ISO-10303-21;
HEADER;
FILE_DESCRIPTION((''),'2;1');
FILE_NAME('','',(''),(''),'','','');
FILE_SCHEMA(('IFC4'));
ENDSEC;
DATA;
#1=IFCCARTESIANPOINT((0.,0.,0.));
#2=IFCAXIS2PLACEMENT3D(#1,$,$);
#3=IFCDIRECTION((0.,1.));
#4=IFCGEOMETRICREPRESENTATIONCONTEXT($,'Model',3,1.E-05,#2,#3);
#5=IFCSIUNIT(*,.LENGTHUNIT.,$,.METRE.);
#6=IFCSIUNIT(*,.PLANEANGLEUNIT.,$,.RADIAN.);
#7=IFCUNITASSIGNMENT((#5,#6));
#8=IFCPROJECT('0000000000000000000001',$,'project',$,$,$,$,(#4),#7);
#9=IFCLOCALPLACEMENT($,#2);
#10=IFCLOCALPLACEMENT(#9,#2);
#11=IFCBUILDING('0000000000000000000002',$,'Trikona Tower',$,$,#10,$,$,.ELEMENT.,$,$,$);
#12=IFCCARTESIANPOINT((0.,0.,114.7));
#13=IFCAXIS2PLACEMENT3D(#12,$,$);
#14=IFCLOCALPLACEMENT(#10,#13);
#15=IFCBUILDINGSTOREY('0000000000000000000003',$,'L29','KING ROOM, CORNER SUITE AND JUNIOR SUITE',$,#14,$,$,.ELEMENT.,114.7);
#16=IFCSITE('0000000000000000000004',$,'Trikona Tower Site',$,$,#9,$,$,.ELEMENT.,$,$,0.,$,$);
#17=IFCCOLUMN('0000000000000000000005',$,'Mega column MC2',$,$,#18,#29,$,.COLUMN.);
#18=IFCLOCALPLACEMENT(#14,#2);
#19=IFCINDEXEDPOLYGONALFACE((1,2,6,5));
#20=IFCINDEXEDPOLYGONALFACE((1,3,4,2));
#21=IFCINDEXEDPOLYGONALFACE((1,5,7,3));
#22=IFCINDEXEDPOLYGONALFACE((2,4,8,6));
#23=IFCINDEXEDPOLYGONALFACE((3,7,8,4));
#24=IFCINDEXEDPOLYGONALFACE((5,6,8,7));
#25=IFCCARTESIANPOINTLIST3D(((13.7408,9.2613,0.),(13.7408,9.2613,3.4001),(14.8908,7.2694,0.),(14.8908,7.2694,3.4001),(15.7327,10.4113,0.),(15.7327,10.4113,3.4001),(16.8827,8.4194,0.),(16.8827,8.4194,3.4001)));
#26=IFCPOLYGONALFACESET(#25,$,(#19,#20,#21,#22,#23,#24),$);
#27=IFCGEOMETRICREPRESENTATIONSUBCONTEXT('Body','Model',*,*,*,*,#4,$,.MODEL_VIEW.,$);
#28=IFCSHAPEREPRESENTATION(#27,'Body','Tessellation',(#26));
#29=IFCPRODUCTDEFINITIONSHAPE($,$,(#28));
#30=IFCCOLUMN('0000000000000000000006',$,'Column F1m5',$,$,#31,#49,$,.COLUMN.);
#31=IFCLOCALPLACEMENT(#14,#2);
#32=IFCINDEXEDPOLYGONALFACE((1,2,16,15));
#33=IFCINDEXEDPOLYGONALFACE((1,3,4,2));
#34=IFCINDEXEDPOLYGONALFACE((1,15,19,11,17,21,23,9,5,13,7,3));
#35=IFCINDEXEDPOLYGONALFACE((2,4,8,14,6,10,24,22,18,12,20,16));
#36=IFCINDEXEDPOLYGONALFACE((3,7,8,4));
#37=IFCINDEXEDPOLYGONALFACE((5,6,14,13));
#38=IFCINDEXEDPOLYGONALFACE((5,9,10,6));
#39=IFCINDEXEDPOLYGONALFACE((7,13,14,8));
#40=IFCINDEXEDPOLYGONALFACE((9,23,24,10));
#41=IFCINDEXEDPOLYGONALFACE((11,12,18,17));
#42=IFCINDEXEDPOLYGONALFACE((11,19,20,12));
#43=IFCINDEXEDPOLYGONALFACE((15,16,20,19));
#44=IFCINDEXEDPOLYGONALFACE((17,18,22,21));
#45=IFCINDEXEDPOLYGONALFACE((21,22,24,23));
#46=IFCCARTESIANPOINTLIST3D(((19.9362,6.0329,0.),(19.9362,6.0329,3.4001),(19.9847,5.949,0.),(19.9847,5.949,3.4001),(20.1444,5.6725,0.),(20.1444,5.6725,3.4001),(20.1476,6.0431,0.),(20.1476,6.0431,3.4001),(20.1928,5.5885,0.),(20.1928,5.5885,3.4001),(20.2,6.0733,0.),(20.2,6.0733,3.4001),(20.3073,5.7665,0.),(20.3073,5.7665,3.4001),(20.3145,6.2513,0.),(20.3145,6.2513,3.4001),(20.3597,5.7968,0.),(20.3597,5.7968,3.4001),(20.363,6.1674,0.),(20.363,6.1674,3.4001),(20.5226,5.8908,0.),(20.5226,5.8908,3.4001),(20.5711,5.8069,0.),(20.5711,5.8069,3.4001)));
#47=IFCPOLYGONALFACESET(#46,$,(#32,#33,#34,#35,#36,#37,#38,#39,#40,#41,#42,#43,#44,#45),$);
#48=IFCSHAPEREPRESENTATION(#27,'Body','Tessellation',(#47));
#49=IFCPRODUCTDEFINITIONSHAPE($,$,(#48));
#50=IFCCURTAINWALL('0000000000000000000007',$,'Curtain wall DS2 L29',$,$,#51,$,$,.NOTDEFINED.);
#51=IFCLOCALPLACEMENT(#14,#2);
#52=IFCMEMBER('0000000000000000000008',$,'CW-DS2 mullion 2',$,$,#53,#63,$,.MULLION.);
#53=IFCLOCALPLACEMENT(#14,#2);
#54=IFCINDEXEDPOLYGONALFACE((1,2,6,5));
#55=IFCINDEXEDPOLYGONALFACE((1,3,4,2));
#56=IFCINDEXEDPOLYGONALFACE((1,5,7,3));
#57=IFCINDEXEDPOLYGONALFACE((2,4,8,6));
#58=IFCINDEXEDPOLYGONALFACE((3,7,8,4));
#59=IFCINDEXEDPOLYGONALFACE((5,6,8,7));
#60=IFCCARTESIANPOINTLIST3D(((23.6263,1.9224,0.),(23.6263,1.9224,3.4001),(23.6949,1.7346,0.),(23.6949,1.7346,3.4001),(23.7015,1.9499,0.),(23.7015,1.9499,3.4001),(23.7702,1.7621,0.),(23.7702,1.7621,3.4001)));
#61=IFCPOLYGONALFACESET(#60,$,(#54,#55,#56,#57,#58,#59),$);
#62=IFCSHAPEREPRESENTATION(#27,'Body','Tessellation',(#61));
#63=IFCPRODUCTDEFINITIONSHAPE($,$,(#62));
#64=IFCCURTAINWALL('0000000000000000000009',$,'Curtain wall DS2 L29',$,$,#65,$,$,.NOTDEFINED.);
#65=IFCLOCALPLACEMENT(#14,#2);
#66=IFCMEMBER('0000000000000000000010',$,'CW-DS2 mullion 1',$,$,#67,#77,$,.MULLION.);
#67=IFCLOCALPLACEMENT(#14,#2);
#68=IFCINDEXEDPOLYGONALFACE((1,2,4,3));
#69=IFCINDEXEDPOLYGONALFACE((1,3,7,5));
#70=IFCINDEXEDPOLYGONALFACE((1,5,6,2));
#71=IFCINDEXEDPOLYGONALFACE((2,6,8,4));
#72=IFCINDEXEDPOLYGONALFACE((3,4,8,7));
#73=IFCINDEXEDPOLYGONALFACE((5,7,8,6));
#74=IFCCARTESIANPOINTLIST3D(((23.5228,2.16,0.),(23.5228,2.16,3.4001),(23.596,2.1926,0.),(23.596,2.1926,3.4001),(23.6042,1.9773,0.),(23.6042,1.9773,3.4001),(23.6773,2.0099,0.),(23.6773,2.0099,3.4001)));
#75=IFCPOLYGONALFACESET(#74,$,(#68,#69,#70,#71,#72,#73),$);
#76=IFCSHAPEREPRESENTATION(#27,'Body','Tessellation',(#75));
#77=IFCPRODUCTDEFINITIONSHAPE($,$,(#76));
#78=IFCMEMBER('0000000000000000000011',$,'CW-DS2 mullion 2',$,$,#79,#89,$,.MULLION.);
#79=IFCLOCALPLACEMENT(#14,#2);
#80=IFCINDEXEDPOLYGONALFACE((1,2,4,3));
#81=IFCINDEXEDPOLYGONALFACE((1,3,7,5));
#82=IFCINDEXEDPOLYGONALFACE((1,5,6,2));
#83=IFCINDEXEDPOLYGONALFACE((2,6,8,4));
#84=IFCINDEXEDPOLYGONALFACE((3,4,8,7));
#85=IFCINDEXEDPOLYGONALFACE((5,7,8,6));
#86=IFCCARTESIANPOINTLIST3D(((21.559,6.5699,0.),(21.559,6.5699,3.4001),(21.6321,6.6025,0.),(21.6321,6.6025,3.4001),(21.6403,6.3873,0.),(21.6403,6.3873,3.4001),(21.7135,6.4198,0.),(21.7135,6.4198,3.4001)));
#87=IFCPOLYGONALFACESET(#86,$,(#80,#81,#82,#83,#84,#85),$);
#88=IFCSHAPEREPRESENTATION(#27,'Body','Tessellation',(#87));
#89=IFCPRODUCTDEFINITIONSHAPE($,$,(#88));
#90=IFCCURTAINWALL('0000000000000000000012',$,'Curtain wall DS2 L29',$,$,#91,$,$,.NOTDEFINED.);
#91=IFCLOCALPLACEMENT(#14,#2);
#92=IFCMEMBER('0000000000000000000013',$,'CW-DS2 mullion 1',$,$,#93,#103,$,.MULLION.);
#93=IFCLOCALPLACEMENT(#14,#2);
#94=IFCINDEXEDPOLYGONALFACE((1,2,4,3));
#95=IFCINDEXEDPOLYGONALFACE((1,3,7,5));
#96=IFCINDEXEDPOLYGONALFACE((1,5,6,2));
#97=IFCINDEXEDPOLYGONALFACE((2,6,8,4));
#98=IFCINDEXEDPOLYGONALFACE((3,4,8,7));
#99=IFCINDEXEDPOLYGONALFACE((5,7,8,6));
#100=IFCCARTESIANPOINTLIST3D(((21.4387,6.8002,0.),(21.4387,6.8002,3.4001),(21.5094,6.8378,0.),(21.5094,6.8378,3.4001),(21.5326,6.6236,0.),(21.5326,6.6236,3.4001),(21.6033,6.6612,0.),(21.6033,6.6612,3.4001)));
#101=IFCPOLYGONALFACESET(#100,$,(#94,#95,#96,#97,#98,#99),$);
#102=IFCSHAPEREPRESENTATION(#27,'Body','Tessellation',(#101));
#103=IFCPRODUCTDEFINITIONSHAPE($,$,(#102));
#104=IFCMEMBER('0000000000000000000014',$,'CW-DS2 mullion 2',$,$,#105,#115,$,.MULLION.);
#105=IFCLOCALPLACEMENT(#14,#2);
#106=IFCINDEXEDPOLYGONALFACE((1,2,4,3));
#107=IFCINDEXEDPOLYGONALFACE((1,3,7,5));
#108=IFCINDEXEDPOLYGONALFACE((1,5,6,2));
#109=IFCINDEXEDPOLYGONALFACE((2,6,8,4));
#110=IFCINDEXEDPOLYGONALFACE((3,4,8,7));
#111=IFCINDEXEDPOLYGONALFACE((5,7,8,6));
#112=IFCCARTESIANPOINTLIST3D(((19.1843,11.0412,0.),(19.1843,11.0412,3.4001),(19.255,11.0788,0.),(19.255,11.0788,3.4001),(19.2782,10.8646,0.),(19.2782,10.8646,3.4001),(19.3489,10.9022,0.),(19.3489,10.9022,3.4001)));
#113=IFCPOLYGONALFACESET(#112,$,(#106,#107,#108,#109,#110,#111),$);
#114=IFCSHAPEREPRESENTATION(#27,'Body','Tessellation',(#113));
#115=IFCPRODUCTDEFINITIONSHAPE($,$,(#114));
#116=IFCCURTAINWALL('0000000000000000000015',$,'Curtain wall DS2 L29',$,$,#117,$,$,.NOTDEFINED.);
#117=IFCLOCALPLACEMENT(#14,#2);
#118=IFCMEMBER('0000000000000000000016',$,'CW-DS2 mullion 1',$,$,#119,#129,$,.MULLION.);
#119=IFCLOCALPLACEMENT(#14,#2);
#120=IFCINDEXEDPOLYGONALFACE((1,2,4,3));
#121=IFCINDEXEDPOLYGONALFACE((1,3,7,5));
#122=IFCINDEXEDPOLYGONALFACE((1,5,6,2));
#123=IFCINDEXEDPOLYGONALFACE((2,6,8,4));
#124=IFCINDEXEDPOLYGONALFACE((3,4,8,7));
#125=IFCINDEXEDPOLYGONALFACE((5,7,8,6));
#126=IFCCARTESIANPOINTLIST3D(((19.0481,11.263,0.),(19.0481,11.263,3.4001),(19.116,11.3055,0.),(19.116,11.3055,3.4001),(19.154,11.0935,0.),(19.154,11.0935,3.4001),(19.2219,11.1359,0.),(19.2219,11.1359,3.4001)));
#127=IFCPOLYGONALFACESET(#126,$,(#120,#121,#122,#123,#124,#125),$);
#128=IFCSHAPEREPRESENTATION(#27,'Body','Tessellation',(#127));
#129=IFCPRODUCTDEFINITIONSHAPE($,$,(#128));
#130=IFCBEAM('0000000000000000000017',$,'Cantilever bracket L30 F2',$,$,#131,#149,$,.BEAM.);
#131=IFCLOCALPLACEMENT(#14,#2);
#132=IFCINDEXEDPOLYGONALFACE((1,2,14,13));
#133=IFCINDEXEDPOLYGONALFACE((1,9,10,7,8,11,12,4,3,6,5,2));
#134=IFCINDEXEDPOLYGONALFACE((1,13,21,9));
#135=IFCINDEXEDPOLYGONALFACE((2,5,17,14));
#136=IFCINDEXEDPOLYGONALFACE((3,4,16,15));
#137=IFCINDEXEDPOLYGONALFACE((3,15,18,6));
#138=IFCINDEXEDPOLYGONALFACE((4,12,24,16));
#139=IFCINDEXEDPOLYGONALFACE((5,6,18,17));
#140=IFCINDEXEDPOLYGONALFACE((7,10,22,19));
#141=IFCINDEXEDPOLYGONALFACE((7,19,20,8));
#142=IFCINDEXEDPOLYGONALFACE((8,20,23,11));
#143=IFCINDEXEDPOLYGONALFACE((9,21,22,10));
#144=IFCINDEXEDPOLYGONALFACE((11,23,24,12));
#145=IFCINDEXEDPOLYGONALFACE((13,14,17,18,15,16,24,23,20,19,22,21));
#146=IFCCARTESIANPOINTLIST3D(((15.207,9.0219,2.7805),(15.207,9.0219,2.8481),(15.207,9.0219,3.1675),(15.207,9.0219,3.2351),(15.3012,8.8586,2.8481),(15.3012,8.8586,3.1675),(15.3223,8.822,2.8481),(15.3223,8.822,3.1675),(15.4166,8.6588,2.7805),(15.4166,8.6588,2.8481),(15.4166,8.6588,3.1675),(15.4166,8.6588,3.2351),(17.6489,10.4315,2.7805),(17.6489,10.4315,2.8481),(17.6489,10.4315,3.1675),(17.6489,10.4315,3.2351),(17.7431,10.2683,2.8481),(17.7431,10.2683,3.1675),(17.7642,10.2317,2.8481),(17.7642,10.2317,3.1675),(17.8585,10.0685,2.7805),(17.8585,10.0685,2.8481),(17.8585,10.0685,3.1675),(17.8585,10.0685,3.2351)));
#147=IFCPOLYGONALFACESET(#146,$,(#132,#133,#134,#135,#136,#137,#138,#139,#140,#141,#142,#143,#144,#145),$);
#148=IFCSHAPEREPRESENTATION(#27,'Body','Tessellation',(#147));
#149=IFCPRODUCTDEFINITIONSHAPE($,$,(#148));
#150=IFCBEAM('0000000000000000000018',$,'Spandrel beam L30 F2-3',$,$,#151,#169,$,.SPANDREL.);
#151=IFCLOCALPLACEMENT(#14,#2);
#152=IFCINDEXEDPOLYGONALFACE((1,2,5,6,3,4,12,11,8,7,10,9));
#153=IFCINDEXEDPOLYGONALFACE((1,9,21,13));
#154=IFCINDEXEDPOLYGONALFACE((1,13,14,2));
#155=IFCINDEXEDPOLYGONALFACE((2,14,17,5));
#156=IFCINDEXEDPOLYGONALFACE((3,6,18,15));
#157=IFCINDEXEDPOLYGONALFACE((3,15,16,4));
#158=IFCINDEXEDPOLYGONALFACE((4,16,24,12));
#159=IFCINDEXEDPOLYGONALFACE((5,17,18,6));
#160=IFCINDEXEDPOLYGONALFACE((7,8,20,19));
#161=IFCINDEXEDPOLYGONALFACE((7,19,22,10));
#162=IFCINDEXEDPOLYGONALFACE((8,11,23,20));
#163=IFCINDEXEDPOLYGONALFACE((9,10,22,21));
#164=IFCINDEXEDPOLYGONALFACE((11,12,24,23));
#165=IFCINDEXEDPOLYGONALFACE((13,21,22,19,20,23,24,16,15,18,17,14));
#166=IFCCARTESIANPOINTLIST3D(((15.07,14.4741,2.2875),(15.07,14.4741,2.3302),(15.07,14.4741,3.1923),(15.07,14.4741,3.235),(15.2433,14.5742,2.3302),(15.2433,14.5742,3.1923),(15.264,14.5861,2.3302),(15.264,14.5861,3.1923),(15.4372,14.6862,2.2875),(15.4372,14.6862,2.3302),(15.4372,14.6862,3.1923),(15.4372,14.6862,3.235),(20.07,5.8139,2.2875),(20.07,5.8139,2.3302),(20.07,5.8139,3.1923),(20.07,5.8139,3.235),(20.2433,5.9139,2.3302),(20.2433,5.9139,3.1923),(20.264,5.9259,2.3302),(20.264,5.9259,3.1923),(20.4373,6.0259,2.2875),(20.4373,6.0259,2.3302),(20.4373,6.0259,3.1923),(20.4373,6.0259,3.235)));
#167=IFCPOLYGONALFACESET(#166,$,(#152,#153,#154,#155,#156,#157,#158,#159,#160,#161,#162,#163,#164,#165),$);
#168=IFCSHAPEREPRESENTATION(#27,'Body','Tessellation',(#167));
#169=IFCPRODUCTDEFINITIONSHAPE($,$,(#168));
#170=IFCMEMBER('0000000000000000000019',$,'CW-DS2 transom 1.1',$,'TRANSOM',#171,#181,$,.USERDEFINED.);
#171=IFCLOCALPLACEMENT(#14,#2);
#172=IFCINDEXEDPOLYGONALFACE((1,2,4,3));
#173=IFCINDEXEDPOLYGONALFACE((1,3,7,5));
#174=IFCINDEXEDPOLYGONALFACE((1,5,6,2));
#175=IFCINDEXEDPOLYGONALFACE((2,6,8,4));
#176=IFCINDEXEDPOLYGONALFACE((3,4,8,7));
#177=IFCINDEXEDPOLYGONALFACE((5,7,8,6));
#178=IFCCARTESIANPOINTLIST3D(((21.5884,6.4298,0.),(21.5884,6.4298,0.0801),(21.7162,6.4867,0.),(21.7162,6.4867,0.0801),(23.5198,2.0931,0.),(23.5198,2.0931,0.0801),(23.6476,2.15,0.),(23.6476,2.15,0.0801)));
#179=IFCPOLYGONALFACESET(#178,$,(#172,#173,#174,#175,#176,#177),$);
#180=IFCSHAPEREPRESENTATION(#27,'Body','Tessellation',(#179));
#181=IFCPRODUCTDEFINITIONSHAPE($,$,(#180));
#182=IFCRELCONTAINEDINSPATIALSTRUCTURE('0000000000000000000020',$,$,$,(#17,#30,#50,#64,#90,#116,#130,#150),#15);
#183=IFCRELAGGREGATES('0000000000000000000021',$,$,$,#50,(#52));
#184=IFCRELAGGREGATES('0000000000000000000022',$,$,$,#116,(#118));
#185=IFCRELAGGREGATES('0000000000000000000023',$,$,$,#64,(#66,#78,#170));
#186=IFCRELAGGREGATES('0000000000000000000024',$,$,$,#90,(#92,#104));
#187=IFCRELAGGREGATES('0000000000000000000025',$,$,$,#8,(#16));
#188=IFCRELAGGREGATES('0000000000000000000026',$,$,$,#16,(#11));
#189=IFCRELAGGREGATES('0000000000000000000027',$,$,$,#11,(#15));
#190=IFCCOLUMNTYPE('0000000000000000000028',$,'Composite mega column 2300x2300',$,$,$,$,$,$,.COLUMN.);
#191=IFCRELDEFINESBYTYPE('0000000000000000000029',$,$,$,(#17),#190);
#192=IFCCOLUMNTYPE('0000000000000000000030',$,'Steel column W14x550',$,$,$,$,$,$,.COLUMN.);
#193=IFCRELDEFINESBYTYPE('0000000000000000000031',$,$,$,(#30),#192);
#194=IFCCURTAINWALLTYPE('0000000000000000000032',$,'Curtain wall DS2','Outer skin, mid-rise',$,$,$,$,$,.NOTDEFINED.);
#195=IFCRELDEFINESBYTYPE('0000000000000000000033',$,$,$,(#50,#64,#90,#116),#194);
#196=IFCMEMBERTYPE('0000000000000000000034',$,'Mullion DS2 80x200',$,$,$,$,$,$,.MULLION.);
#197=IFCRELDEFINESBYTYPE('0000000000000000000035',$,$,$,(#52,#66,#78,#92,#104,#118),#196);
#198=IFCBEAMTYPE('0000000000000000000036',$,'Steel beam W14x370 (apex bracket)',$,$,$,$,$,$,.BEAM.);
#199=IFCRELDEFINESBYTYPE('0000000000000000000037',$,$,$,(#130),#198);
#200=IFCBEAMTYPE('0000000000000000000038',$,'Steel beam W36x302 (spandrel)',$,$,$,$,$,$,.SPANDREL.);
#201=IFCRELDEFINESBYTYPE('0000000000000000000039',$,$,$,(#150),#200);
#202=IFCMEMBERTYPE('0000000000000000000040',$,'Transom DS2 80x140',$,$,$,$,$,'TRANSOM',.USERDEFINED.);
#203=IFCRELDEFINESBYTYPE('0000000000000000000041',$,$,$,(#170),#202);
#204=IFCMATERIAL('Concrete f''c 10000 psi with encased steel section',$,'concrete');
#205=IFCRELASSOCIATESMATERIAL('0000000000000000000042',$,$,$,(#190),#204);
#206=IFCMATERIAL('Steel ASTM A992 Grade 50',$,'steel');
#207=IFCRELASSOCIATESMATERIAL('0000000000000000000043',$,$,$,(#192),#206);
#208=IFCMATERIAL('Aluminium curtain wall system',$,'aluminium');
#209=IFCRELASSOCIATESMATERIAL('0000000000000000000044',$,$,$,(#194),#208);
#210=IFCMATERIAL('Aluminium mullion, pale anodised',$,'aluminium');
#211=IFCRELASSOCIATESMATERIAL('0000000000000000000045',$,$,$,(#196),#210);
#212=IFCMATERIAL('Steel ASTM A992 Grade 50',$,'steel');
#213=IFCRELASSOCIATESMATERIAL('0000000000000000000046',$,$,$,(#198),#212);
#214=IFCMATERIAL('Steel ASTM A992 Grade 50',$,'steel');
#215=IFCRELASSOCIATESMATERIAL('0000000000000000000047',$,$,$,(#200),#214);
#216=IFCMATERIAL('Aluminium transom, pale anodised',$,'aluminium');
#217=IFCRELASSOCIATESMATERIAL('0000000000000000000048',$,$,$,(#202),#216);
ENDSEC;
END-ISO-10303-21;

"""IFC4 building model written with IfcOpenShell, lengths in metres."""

from ifc_helpers import new_model, si_unit, direction, frame, origin, origin_2d, place, context, subcontext, project, spatial, rectangle, i_section, extrude, material, material_profile, profile_set, type_object, element, aggregate, save


model = new_model("IFC4")

# Units and contexts
model_context = context("Model", 3, precision=1e-05, world=origin(), true_north=direction((0.0, 1.0)))
body_context = subcontext(model_context, "Body", "Model", "MODEL_VIEW")
ifc_project = project(units=[si_unit("LENGTHUNIT", "METRE"), si_unit("PLANEANGLEUNIT", "RADIAN")], contexts=[model_context])

# Site, building, storey
site_placement = place(None, origin())
site = spatial("IfcSite", under=ifc_project, at=site_placement, Name="Trikona Tower Site", CompositionType="ELEMENT", RefElevation=0.0)
building_placement = place(site_placement, origin())
building = spatial("IfcBuilding", under=site, at=building_placement, Name="Trikona Tower", CompositionType="ELEMENT")
storey_placement = place(building_placement, frame((0.0, 0.0, 114.7)))
storey = spatial("IfcBuildingStorey", under=building, at=storey_placement, Name="L29", Description="KING ROOM, CORNER SUITE AND JUNIOR SUITE", CompositionType="ELEMENT", Elevation=114.7)

# Columns
ifc_material_1 = material(Name="Concrete f'c 10000 psi with encased steel section", Category="concrete")
ifc_material_profile_1 = material_profile(ifc_material_1, rectangle(XDim=2.3, YDim=2.3, at=origin_2d()), Name="MC2300")
ifc_profile_set_1 = profile_set([ifc_material_profile_1], Name="Concrete f'c 10000 psi with encased steel section")
column_type_1 = type_object("IfcColumnType", Name="Composite mega column 2300x2300", PredefinedType="COLUMN", material=ifc_profile_set_1)
column_1_placement = place(storey_placement, frame((15.3118, 8.8403, 0.0), z_axis=(0.0, 0.0, 1.0), x_axis=(0.866025, 0.5, 0.0)))
element("IfcColumn", 1, at=column_1_placement, inside=storey, type_object=column_type_1, Name="Mega column MC2", PredefinedType="COLUMN", context=body_context, shape_type="SweptSolid", body=[
    extrude(rectangle(XDim=2.3, YDim=2.3, at=origin_2d()), origin(), (0.0, 0.0, 1.0), 3.4001),
])
ifc_material_2 = material(Name="Steel ASTM A992 Grade 50", Category="steel")
ifc_material_profile_2 = material_profile(ifc_material_2, i_section(OverallWidth=0.4368, OverallDepth=0.5132, WebThickness=0.0605, FlangeThickness=0.0969, at=origin_2d()), Name="W14X550")
ifc_profile_set_2 = profile_set([ifc_material_profile_2], Name="Steel ASTM A992 Grade 50")
column_type_2 = type_object("IfcColumnType", Name="Steel column W14x550", PredefinedType="COLUMN", material=ifc_profile_set_2)
column_2_placement = place(storey_placement, frame((20.2537, 5.9199, 0.0), z_axis=(0.0, 0.0, 1.0), x_axis=(0.866025, 0.5, 0.0)))
element("IfcColumn", 2, at=column_2_placement, inside=storey, type_object=column_type_2, Name="Column F1m5", PredefinedType="COLUMN", context=body_context, shape_type="SweptSolid", body=[
    extrude(i_section(OverallWidth=0.4368, OverallDepth=0.5132, WebThickness=0.0605, FlangeThickness=0.0969, at=origin_2d()), origin(), (0.0, 0.0, 1.0), 3.4001),
])

# Curtain wall, member
ifc_material_3 = material(Name="Aluminium curtain wall system", Category="aluminium")
curtain_wall_type = type_object("IfcCurtainWallType", Name="Curtain wall DS2", Description="Outer skin, mid-rise", PredefinedType="NOTDEFINED", material=ifc_material_3)
curtain_wall_1_placement = place(storey_placement, origin())
curtain_wall_1 = element("IfcCurtainWall", 3, at=curtain_wall_1_placement, inside=storey, type_object=curtain_wall_type, Name="Curtain wall DS2 L29", PredefinedType="NOTDEFINED")
ifc_material_4 = material(Name="Aluminium mullion, pale anodised", Category="aluminium")
ifc_material_profile_3 = material_profile(ifc_material_4, rectangle(XDim=0.0801, YDim=0.2, at=origin_2d()), Name="MUL-DS2")
ifc_profile_set_3 = profile_set([ifc_material_profile_3], Name="Aluminium mullion, pale anodised")
member_type_1 = type_object("IfcMemberType", Name="Mullion DS2 80x200", PredefinedType="MULLION", material=ifc_profile_set_3)
member_1_placement = place(storey_placement, frame((23.6982, 1.8423, 0.0), z_axis=(0.0, 0.0, 1.0), x_axis=(-0.939254, -0.343223, 0.0)))
member_1 = element("IfcMember", 4, at=member_1_placement, type_object=member_type_1, Name="CW-DS2 mullion 2", PredefinedType="MULLION", context=body_context, shape_type="SweptSolid", body=[
    extrude(rectangle(XDim=0.0801, YDim=0.2, at=origin_2d()), origin(), (0.0, 0.0, 1.0), 3.4001),
])
aggregate(curtain_wall_1, [member_1])

# Curtain walls, members
curtain_wall_2_placement = place(storey_placement, origin())
curtain_wall_2 = element("IfcCurtainWall", 5, at=curtain_wall_2_placement, inside=storey, type_object=curtain_wall_type, Name="Curtain wall DS2 L29", PredefinedType="NOTDEFINED")
member_2_placement = place(storey_placement, frame((23.6001, 2.085, 0.0), z_axis=(0.0, 0.0, 1.0), x_axis=(-0.913501, -0.406836, 0.0)))
member_2 = element("IfcMember", 6, at=member_2_placement, type_object=member_type_1, Name="CW-DS2 mullion 1", PredefinedType="MULLION", context=body_context, shape_type="SweptSolid", body=[
    extrude(rectangle(XDim=0.0801, YDim=0.2, at=origin_2d()), origin(), (0.0, 0.0, 1.0), 3.4001),
])
member_3_placement = place(storey_placement, frame((21.6362, 6.4949, 0.0), z_axis=(0.0, 0.0, 1.0), x_axis=(-0.913501, -0.406836, 0.0)))
member_3 = element("IfcMember", 7, at=member_3_placement, type_object=member_type_1, Name="CW-DS2 mullion 2", PredefinedType="MULLION", context=body_context, shape_type="SweptSolid", body=[
    extrude(rectangle(XDim=0.0801, YDim=0.2, at=origin_2d()), origin(), (0.0, 0.0, 1.0), 3.4001),
])
curtain_wall_3_placement = place(storey_placement, origin())
curtain_wall_3 = element("IfcCurtainWall", 8, at=curtain_wall_3_placement, inside=storey, type_object=curtain_wall_type, Name="Curtain wall DS2 L29", PredefinedType="NOTDEFINED")
member_4_placement = place(storey_placement, frame((21.521, 6.7307, 0.0), z_axis=(0.0, 0.0, 1.0), x_axis=(-0.882996, -0.46938, 0.0)))
member_4 = element("IfcMember", 9, at=member_4_placement, type_object=member_type_1, Name="CW-DS2 mullion 1", PredefinedType="MULLION", context=body_context, shape_type="SweptSolid", body=[
    extrude(rectangle(XDim=0.0801, YDim=0.2, at=origin_2d()), origin(), (0.0, 0.0, 1.0), 3.4001),
])
member_5_placement = place(storey_placement, frame((19.2666, 10.9717, 0.0), z_axis=(0.0, 0.0, 1.0), x_axis=(-0.882996, -0.46938, 0.0)))
member_5 = element("IfcMember", 10, at=member_5_placement, type_object=member_type_1, Name="CW-DS2 mullion 2", PredefinedType="MULLION", context=body_context, shape_type="SweptSolid", body=[
    extrude(rectangle(XDim=0.0801, YDim=0.2, at=origin_2d()), origin(), (0.0, 0.0, 1.0), 3.4001),
])

# Curtain wall, member
curtain_wall_4_placement = place(storey_placement, origin())
curtain_wall_4 = element("IfcCurtainWall", 11, at=curtain_wall_4_placement, inside=storey, type_object=curtain_wall_type, Name="Curtain wall DS2 L29", PredefinedType="NOTDEFINED")
member_6_placement = place(storey_placement, frame((19.135, 11.1995, 0.0), z_axis=(0.0, 0.0, 1.0), x_axis=(-0.847998, -0.529999, 0.0)))
member_6 = element("IfcMember", 12, at=member_6_placement, type_object=member_type_1, Name="CW-DS2 mullion 1", PredefinedType="MULLION", context=body_context, shape_type="SweptSolid", body=[
    extrude(rectangle(XDim=0.0801, YDim=0.2, at=origin_2d()), origin(), (0.0, 0.0, 1.0), 3.4001),
])

# Beams
ifc_material_5 = material(Name="Steel ASTM A992 Grade 50", Category="steel")
ifc_material_profile_4 = material_profile(ifc_material_5, i_section(OverallWidth=0.4192, OverallDepth=0.4546, WebThickness=0.0422, FlangeThickness=0.0676, at=origin_2d()), Name="W14X370")
ifc_profile_set_4 = profile_set([ifc_material_profile_4], Name="Steel ASTM A992 Grade 50")
beam_type_1 = type_object("IfcBeamType", Name="Steel beam W14x370 (apex bracket)", PredefinedType="BEAM", material=ifc_profile_set_4)
beam_1_placement = place(storey_placement, frame((15.3118, 8.8403, 3.0078), z_axis=(0.86605, 0.499957, 0.0), x_axis=(-0.499957, 0.86605, 0.0)))
element("IfcBeam", 13, at=beam_1_placement, inside=storey, type_object=beam_type_1, Name="Cantilever bracket L30 F2", PredefinedType="BEAM", context=body_context, shape_type="SweptSolid", body=[
    extrude(i_section(OverallWidth=0.4192, OverallDepth=0.4546, WebThickness=0.0422, FlangeThickness=0.0676, at=origin_2d()), origin(), (0.0, 0.0, 1.0), 2.8196),
])
ifc_material_6 = material(Name="Steel ASTM A992 Grade 50", Category="steel")
ifc_material_profile_5 = material_profile(ifc_material_6, i_section(OverallWidth=0.4241, OverallDepth=0.9475, WebThickness=0.0239, FlangeThickness=0.0427, at=origin_2d()), Name="W36X302")
ifc_profile_set_5 = profile_set([ifc_material_profile_5], Name="Steel ASTM A992 Grade 50")
beam_type_2 = type_object("IfcBeamType", Name="Steel beam W36x302 (spandrel)", PredefinedType="SPANDREL", material=ifc_profile_set_5)
beam_2_placement = place(storey_placement, frame((20.2537, 5.9199, 2.7612), z_axis=(-0.500004, 0.866023, 0.0), x_axis=(-0.866023, -0.500004, 0.0)))
element("IfcBeam", 14, at=beam_2_placement, inside=storey, type_object=beam_type_2, Name="Spandrel beam L30 F2-3", PredefinedType="SPANDREL", context=body_context, shape_type="SweptSolid", body=[
    extrude(i_section(OverallWidth=0.4241, OverallDepth=0.9475, WebThickness=0.0239, FlangeThickness=0.0427, at=origin_2d()), origin(), (0.0, 0.0, 1.0), 10.0),
])

# Member
ifc_material_7 = material(Name="Aluminium transom, pale anodised", Category="aluminium")
ifc_material_profile_6 = material_profile(ifc_material_7, rectangle(XDim=0.1399, YDim=0.0801, at=origin_2d()), Name="TRN-DS2")
ifc_profile_set_6 = profile_set([ifc_material_profile_6], Name="Aluminium transom, pale anodised")
member_type_2 = type_object("IfcMemberType", Name="Transom DS2 80x140", ElementType="TRANSOM", PredefinedType="USERDEFINED", material=ifc_profile_set_6)
member_7_placement = place(storey_placement, frame((23.5837, 2.1216, 0.04), z_axis=(-0.40684, 0.9135, 0.0), x_axis=(-0.9135, -0.40684, 0.0)))
member_7 = element("IfcMember", 15, at=member_7_placement, type_object=member_type_2, Name="CW-DS2 transom 1.1", ObjectType="TRANSOM", PredefinedType="USERDEFINED", context=body_context, shape_type="SweptSolid", body=[
    extrude(rectangle(XDim=0.1399, YDim=0.0801, at=origin_2d()), origin(), (0.0, 0.0, 1.0), 4.7473),
])
aggregate(curtain_wall_4, [member_6])

aggregate(curtain_wall_2, [member_2, member_3, member_7])
aggregate(curtain_wall_3, [member_4, member_5])

save(model, "model.ifc")
